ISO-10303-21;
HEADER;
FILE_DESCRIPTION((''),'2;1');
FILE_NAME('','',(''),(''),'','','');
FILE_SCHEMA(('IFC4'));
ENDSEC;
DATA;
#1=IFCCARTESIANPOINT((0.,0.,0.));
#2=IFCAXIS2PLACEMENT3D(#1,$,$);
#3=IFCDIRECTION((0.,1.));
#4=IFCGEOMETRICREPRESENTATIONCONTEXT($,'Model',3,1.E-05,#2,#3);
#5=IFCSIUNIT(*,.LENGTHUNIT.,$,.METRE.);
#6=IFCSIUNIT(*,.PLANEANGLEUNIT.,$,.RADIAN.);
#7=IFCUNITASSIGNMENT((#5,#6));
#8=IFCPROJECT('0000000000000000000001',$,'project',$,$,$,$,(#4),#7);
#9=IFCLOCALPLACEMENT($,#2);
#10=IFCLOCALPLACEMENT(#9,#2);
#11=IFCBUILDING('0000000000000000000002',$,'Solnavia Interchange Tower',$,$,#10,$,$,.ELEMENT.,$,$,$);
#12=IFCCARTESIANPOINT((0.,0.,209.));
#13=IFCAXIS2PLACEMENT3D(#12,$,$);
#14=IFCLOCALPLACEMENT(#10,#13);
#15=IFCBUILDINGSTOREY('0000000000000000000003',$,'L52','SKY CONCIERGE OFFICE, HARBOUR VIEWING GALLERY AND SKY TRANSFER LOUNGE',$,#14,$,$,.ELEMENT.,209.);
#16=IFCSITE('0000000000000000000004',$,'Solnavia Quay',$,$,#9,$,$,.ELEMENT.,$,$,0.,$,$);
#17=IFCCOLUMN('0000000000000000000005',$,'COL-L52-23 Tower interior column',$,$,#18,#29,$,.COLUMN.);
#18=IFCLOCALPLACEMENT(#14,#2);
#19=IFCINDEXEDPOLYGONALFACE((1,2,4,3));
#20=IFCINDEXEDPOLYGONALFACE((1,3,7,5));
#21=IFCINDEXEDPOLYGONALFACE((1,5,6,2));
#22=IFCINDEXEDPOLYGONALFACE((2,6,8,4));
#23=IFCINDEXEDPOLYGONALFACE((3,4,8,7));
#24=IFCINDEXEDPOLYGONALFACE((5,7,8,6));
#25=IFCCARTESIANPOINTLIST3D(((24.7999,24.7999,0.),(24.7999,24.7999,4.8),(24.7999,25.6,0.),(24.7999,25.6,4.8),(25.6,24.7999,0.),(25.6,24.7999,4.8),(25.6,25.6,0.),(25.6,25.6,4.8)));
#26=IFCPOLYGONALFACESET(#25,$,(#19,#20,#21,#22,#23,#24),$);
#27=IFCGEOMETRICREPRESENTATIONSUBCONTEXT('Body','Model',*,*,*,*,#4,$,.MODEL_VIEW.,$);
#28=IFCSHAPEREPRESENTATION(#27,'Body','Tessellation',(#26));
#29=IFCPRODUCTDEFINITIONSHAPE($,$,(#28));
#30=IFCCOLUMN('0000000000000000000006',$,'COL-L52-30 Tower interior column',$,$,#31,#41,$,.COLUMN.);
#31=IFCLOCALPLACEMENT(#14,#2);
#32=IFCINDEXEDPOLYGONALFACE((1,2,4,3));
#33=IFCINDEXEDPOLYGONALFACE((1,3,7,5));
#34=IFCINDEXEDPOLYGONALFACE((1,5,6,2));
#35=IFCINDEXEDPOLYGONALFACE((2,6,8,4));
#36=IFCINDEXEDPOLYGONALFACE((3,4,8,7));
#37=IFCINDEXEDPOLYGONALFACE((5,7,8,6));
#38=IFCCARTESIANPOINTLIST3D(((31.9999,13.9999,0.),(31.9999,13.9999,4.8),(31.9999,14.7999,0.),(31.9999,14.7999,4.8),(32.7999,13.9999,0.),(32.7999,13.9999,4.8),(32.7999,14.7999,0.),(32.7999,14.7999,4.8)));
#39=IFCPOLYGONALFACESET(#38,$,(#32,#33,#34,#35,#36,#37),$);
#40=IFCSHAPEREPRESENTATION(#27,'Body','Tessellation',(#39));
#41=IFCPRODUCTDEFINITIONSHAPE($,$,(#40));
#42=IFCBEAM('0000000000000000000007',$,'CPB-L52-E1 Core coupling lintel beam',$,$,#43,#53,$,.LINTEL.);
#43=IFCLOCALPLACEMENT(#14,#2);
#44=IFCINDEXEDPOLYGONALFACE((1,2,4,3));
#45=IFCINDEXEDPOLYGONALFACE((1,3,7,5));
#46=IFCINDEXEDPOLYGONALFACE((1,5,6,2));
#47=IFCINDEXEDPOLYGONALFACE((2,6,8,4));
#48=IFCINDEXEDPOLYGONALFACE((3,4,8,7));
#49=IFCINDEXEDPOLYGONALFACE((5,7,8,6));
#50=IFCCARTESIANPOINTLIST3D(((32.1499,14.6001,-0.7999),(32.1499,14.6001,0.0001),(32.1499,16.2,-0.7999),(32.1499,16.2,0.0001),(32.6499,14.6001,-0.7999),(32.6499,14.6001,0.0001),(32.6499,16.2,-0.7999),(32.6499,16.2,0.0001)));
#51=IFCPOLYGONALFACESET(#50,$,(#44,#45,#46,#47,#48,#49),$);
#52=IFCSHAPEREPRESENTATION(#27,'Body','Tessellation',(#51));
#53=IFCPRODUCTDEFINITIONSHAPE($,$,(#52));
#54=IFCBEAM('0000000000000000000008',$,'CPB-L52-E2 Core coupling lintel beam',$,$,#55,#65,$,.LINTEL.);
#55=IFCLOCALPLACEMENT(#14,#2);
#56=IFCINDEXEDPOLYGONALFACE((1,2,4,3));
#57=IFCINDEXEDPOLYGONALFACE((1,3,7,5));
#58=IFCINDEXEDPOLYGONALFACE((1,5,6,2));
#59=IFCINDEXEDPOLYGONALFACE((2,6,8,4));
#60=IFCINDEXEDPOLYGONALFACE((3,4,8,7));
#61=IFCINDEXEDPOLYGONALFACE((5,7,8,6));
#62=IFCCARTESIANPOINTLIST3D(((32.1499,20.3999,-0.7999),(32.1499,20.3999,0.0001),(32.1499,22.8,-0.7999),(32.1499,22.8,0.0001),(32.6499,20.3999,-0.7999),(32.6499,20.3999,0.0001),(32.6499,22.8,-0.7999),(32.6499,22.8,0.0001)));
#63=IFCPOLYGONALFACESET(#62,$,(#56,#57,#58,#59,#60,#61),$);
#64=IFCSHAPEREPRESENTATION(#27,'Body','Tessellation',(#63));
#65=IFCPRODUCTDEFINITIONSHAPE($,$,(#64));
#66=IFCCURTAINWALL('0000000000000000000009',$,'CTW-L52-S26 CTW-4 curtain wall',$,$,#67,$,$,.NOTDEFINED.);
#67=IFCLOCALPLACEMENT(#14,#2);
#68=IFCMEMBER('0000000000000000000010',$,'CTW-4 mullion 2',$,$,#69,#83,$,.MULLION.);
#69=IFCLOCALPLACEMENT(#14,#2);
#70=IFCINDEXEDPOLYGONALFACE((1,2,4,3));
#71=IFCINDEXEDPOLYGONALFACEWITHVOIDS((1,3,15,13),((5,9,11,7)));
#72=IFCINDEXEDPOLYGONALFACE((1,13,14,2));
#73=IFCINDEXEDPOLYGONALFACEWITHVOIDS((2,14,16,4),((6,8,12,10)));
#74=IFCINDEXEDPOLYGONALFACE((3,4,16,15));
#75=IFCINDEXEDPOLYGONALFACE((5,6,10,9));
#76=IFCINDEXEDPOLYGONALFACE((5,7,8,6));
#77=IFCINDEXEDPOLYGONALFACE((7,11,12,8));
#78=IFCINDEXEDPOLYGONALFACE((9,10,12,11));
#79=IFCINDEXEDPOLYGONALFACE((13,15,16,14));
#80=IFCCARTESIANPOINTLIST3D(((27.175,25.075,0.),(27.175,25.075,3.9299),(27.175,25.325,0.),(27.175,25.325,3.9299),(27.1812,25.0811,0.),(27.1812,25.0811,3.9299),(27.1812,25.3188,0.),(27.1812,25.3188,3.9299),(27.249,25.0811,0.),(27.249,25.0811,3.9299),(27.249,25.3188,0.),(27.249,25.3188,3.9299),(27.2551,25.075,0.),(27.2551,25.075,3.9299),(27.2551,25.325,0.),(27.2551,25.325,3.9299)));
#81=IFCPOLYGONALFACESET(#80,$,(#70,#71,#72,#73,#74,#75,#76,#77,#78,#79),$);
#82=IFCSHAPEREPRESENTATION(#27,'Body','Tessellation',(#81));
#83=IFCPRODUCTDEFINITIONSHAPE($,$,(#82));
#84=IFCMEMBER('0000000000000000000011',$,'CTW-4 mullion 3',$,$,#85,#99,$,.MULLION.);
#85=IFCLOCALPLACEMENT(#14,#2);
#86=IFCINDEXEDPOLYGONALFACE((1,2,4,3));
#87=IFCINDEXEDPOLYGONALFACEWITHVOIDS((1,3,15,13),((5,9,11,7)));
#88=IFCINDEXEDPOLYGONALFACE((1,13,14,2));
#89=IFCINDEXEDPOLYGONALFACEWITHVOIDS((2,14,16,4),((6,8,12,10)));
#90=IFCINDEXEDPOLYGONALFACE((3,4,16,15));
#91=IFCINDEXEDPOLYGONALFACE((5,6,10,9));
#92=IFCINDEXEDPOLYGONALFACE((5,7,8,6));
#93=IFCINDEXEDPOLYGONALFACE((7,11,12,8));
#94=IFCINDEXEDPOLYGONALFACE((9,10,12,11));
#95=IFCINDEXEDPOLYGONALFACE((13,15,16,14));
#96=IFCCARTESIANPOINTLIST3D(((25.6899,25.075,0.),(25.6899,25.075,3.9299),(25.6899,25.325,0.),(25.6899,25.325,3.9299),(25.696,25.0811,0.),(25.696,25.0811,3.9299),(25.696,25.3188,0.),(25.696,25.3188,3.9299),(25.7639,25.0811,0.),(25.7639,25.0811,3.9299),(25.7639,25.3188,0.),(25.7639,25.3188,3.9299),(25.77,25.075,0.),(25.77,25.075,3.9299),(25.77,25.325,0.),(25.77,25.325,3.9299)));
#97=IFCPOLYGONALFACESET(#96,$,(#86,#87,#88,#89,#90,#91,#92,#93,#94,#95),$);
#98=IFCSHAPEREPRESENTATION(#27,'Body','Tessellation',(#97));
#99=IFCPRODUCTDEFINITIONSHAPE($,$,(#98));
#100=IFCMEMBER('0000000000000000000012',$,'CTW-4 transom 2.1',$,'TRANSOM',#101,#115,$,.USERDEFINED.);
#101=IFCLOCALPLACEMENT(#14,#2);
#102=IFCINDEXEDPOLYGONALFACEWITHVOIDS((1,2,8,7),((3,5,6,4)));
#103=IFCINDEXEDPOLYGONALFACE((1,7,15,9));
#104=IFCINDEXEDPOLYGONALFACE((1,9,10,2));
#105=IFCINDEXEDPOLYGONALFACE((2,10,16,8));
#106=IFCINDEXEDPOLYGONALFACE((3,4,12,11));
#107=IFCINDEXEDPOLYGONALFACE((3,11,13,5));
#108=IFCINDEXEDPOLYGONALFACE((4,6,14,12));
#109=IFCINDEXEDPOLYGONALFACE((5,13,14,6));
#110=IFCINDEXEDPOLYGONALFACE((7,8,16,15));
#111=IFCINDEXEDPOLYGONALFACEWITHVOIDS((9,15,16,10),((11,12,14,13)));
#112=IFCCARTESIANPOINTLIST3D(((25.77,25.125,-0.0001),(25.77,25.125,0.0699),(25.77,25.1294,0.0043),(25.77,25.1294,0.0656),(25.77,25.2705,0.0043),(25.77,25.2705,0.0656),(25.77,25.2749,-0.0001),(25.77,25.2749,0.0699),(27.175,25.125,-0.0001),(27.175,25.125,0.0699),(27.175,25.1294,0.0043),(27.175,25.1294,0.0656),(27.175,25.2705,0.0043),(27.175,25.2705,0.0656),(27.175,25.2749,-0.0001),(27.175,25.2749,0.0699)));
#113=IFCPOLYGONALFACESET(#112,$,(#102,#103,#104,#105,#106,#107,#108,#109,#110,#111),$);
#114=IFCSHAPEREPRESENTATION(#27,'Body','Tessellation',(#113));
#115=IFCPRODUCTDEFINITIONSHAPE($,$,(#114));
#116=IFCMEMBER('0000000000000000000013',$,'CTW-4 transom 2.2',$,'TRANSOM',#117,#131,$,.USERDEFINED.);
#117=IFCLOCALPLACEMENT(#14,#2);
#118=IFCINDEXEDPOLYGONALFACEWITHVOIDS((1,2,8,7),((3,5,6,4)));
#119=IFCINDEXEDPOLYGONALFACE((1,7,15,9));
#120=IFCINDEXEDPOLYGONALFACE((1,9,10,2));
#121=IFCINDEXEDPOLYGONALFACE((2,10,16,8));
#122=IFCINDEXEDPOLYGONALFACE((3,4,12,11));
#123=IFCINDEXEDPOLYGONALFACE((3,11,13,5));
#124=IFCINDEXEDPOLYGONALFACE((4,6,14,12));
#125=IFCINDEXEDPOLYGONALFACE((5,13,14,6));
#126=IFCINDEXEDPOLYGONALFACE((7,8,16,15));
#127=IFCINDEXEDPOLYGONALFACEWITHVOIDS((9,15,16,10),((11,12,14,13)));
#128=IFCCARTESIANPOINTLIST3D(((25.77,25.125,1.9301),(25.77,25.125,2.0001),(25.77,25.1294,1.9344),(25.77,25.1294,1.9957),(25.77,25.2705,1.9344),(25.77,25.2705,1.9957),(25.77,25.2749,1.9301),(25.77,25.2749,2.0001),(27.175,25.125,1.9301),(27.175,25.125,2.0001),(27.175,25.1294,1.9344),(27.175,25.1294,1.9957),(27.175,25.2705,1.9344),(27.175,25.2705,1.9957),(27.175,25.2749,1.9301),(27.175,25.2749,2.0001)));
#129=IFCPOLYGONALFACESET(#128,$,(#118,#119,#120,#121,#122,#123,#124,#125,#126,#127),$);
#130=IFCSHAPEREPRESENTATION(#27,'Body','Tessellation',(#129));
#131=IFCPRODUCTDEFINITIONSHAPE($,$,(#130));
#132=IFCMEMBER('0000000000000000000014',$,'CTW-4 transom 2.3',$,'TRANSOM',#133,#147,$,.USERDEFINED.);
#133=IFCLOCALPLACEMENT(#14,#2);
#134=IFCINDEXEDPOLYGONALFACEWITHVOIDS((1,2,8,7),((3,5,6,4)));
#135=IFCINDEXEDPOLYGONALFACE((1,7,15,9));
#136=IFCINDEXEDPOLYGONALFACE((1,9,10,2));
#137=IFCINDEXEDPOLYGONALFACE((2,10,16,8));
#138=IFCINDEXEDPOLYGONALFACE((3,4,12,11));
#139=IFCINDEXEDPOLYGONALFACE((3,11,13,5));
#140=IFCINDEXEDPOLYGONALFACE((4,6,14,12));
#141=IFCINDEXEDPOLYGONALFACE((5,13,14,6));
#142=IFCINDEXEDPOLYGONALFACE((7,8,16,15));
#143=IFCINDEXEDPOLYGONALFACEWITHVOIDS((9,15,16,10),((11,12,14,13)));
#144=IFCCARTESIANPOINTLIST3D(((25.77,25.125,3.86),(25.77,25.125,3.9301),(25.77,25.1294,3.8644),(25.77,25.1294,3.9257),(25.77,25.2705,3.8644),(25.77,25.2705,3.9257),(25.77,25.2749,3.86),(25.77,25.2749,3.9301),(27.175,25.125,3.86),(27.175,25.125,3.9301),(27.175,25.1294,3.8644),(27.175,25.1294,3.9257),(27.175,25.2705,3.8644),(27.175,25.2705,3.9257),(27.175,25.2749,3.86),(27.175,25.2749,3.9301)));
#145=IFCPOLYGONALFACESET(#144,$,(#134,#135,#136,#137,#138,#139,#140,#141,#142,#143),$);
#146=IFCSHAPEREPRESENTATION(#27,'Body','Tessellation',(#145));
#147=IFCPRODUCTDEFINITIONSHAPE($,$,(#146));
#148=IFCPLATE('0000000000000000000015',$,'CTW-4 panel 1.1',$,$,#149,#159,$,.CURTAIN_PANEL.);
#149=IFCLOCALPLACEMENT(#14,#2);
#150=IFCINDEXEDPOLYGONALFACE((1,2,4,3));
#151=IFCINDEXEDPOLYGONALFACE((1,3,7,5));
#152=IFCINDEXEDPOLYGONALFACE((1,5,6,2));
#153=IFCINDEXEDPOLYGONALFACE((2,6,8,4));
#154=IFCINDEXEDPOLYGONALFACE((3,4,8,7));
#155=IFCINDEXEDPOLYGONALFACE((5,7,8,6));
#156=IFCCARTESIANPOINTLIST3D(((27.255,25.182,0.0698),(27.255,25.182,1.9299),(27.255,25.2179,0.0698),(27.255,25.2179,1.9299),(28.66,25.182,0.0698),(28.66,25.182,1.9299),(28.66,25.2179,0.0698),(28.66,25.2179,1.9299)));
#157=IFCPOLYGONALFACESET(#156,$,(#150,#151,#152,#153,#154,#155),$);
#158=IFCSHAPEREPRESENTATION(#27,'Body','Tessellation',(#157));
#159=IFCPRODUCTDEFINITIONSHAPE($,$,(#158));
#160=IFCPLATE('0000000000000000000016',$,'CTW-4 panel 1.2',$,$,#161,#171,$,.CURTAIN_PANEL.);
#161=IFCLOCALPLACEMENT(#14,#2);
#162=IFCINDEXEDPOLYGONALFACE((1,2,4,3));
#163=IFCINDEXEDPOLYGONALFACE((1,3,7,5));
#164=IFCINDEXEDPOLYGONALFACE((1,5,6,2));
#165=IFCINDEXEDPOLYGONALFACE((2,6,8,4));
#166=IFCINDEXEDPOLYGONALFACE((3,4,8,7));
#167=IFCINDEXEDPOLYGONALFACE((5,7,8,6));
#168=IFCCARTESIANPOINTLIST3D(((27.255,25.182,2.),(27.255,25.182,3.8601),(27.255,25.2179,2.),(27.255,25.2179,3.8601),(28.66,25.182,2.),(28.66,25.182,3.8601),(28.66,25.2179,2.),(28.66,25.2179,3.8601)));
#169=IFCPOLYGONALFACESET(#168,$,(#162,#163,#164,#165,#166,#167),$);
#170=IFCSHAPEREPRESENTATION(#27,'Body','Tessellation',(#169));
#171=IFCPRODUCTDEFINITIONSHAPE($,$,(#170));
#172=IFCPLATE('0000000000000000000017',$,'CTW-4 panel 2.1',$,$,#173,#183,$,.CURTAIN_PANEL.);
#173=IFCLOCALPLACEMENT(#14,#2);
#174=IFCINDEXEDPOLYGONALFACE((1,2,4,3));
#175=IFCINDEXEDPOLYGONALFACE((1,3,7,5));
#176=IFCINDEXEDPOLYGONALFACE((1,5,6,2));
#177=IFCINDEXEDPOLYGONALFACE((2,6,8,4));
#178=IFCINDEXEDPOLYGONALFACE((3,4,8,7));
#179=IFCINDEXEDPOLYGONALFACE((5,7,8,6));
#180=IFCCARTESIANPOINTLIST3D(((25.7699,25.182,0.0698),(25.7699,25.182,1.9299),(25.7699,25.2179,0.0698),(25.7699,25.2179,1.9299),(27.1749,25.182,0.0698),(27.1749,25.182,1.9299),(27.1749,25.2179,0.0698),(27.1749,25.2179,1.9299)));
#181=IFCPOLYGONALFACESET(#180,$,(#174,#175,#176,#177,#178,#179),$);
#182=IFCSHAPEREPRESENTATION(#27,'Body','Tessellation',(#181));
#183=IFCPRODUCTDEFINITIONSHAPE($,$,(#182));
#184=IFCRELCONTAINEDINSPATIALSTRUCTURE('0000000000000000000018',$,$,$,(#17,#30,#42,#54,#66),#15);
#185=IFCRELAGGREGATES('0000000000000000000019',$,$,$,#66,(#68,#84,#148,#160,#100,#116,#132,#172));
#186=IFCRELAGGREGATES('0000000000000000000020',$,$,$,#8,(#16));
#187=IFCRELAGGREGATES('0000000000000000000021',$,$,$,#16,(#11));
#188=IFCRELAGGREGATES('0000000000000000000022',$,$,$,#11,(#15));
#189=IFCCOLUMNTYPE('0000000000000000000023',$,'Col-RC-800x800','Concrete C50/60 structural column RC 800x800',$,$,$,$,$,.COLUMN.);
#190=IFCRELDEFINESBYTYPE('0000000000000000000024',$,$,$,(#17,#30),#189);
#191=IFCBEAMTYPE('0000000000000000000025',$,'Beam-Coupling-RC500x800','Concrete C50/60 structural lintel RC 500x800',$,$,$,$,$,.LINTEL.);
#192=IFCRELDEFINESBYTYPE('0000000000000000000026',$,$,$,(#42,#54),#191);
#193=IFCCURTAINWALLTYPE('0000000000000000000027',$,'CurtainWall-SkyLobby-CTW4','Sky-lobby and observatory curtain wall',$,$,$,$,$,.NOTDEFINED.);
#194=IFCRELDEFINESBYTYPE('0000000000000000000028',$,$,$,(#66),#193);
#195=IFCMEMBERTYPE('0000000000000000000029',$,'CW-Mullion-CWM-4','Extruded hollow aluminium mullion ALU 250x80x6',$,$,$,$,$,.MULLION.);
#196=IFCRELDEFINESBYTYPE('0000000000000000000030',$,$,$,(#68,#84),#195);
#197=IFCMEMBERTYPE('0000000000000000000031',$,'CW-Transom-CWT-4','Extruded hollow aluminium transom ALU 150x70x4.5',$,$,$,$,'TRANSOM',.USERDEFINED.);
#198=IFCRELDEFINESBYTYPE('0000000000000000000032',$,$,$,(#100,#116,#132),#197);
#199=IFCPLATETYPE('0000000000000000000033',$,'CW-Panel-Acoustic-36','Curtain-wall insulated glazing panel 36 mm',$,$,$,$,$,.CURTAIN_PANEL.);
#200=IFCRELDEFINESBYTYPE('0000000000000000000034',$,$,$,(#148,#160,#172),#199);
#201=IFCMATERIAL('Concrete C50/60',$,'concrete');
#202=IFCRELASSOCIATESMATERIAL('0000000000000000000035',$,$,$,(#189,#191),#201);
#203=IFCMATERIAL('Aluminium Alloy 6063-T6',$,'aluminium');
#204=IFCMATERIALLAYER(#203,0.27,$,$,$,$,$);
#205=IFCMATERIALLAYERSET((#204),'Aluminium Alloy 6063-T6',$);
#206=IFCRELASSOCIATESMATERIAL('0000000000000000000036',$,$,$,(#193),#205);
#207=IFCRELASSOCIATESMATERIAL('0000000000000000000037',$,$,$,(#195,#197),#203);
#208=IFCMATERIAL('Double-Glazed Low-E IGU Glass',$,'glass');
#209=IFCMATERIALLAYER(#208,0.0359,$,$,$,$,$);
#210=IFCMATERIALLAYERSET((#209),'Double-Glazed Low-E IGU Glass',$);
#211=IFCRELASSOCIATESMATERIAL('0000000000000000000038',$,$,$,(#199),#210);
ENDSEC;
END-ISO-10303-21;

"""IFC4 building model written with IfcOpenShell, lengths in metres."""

from ifc_helpers import new_model, si_unit, direction, frame, origin, origin_2d, place, context, subcontext, project, spatial, rectangle, hollow_rectangle, extrude, material, layer, layer_set, material_profile, profile_set, type_object, element, aggregate, save


model = new_model("IFC4")

# Units and contexts
model_context = context("Model", 3, precision=1e-05, world=origin(), true_north=direction((0.0, 1.0)))
body_context = subcontext(model_context, "Body", "Model", "MODEL_VIEW")
ifc_project = project(units=[si_unit("LENGTHUNIT", "METRE"), si_unit("PLANEANGLEUNIT", "RADIAN")], contexts=[model_context])

# Site, building, storey
site_placement = place(None, origin())
site = spatial("IfcSite", under=ifc_project, at=site_placement, Name="Solnavia Quay", CompositionType="ELEMENT", RefElevation=0.0)
building_placement = place(site_placement, origin())
building = spatial("IfcBuilding", under=site, at=building_placement, Name="Solnavia Interchange Tower", CompositionType="ELEMENT")
storey_placement = place(building_placement, frame((0.0, 0.0, 209.0)))
storey = spatial("IfcBuildingStorey", under=building, at=storey_placement, Name="L52", Description="SKY CONCIERGE OFFICE, HARBOUR VIEWING GALLERY AND SKY TRANSFER LOUNGE", CompositionType="ELEMENT", Elevation=209.0)

# Columns
ifc_material_1 = material(Name="Concrete C50/60", Category="concrete")
ifc_material_profile_1 = material_profile(ifc_material_1, rectangle(XDim=0.8, YDim=0.8, at=origin_2d()), Name="RC 800x800")
ifc_profile_set_1 = profile_set([ifc_material_profile_1], Name="Concrete C50/60")
column_type = type_object("IfcColumnType", Name="Col-RC-800x800", Description="Concrete C50/60 structural column RC 800x800", PredefinedType="COLUMN", material=ifc_profile_set_1)
for number, where, z_axis, x_axis, name in (
    (1, (25.2, 25.2, 0.0), (0.0, 0.0, 1.0), (1.0, 0.0, 0.0), "COL-L52-23 Tower interior column"),
    (2, (32.3999, 14.3999, 0.0), (0.0, 0.0, 1.0), (1.0, 0.0, 0.0), "COL-L52-30 Tower interior column"),
):
    element("IfcColumn", number, at=place(storey_placement, frame(where, z_axis=z_axis, x_axis=x_axis)), inside=storey, type_object=column_type, Name=name, PredefinedType="COLUMN", context=body_context, shape_type="SweptSolid", body=[
        extrude(rectangle(XDim=0.8, YDim=0.8, at=origin_2d()), origin(), (0.0, 0.0, 1.0), 4.8),
    ])

# Beams
ifc_material_profile_2 = material_profile(ifc_material_1, rectangle(XDim=0.5, YDim=0.8, at=origin_2d()), Name="RC 500x800")
ifc_profile_set_2 = profile_set([ifc_material_profile_2], Name="Concrete C50/60")
beam_type = type_object("IfcBeamType", Name="Beam-Coupling-RC500x800", Description="Concrete C50/60 structural lintel RC 500x800", PredefinedType="LINTEL", material=ifc_profile_set_2)
beam_1_placement = place(storey_placement, frame((32.3999, 14.6001, -0.3999), z_axis=(0.0, 1.0, 0.0), x_axis=(-1.0, 0.0, 0.0)))
element("IfcBeam", 3, at=beam_1_placement, inside=storey, type_object=beam_type, Name="CPB-L52-E1 Core coupling lintel beam", PredefinedType="LINTEL", context=body_context, shape_type="SweptSolid", body=[
    extrude(rectangle(XDim=0.5, YDim=0.8, at=origin_2d()), origin(), (0.0, 0.0, 1.0), 1.5999),
])
beam_2_placement = place(storey_placement, frame((32.3999, 20.3999, -0.3999), z_axis=(0.0, 1.0, 0.0), x_axis=(-1.0, 0.0, 0.0)))
element("IfcBeam", 4, at=beam_2_placement, inside=storey, type_object=beam_type, Name="CPB-L52-E2 Core coupling lintel beam", PredefinedType="LINTEL", context=body_context, shape_type="SweptSolid", body=[
    extrude(rectangle(XDim=0.5, YDim=0.8, at=origin_2d()), origin(), (0.0, 0.0, 1.0), 2.4001),
])

# Curtain wall, members, plates
ifc_material_2 = material(Name="Aluminium Alloy 6063-T6", Category="aluminium")
ifc_layer_1 = layer(ifc_material_2, 0.27)
ifc_layer_set_1 = layer_set([ifc_layer_1], Name="Aluminium Alloy 6063-T6")
curtain_wall_type = type_object("IfcCurtainWallType", Name="CurtainWall-SkyLobby-CTW4", Description="Sky-lobby and observatory curtain wall", PredefinedType="NOTDEFINED", material=ifc_layer_set_1)
curtain_wall_placement = place(storey_placement, origin())
curtain_wall = element("IfcCurtainWall", 5, at=curtain_wall_placement, inside=storey, type_object=curtain_wall_type, Name="CTW-L52-S26 CTW-4 curtain wall", PredefinedType="NOTDEFINED")
ifc_material_profile_3 = material_profile(ifc_material_2, hollow_rectangle(XDim=0.0801, YDim=0.25, WallThickness=0.0061, at=origin_2d()), Name="ALU 250x80x6")
ifc_profile_set_3 = profile_set([ifc_material_profile_3], Name="Aluminium Alloy 6063-T6")
member_type_1 = type_object("IfcMemberType", Name="CW-Mullion-CWM-4", Description="Extruded hollow aluminium mullion ALU 250x80x6", PredefinedType="MULLION", material=ifc_profile_set_3)
member_1_placement = place(storey_placement, frame((27.2151, 25.2, 0.0), z_axis=(0.0, 0.0, 1.0), x_axis=(-1.0, 0.0, 0.0)))
member_1 = element("IfcMember", 6, at=member_1_placement, type_object=member_type_1, Name="CTW-4 mullion 2", PredefinedType="MULLION", context=body_context, shape_type="SweptSolid", body=[
    extrude(hollow_rectangle(XDim=0.0801, YDim=0.25, WallThickness=0.0061, at=origin_2d()), origin(), (0.0, 0.0, 1.0), 3.9299),
])
member_2_placement = place(storey_placement, frame((25.73, 25.2, 0.0), z_axis=(0.0, 0.0, 1.0), x_axis=(-1.0, 0.0, 0.0)))
member_2 = element("IfcMember", 7, at=member_2_placement, type_object=member_type_1, Name="CTW-4 mullion 3", PredefinedType="MULLION", context=body_context, shape_type="SweptSolid", body=[
    extrude(hollow_rectangle(XDim=0.0801, YDim=0.25, WallThickness=0.0061, at=origin_2d()), origin(), (0.0, 0.0, 1.0), 3.9299),
])
ifc_material_profile_4 = material_profile(ifc_material_2, hollow_rectangle(XDim=0.0701, YDim=0.1499, WallThickness=0.0044, at=origin_2d()), Name="ALU 150x70x4.5")
ifc_profile_set_4 = profile_set([ifc_material_profile_4], Name="Aluminium Alloy 6063-T6")
member_type_2 = type_object("IfcMemberType", Name="CW-Transom-CWT-4", Description="Extruded hollow aluminium transom ALU 150x70x4.5", ElementType="TRANSOM", PredefinedType="USERDEFINED", material=ifc_profile_set_4)
member_3_placement = place(storey_placement, frame((27.175, 25.2, 0.0349), z_axis=(-1.0, 0.0, 0.0), x_axis=(0.0, 0.0, 1.0)))
member_3 = element("IfcMember", 8, at=member_3_placement, type_object=member_type_2, Name="CTW-4 transom 2.1", ObjectType="TRANSOM", PredefinedType="USERDEFINED", context=body_context, shape_type="SweptSolid", body=[
    extrude(hollow_rectangle(XDim=0.0701, YDim=0.1499, WallThickness=0.0044, at=origin_2d()), origin(), (0.0, 0.0, 1.0), 1.405),
])
member_4_placement = place(storey_placement, frame((27.175, 25.2, 1.9651), z_axis=(-1.0, 0.0, 0.0), x_axis=(0.0, 0.0, 1.0)))
member_4 = element("IfcMember", 9, at=member_4_placement, type_object=member_type_2, Name="CTW-4 transom 2.2", ObjectType="TRANSOM", PredefinedType="USERDEFINED", context=body_context, shape_type="SweptSolid", body=[
    extrude(hollow_rectangle(XDim=0.0701, YDim=0.1499, WallThickness=0.0044, at=origin_2d()), origin(), (0.0, 0.0, 1.0), 1.405),
])
member_5_placement = place(storey_placement, frame((27.175, 25.2, 3.895), z_axis=(-1.0, 0.0, 0.0), x_axis=(0.0, 0.0, 1.0)))
member_5 = element("IfcMember", 10, at=member_5_placement, type_object=member_type_2, Name="CTW-4 transom 2.3", ObjectType="TRANSOM", PredefinedType="USERDEFINED", context=body_context, shape_type="SweptSolid", body=[
    extrude(hollow_rectangle(XDim=0.0701, YDim=0.1499, WallThickness=0.0044, at=origin_2d()), origin(), (0.0, 0.0, 1.0), 1.405),
])
ifc_material_3 = material(Name="Double-Glazed Low-E IGU Glass", Category="glass")
ifc_layer_2 = layer(ifc_material_3, 0.0359)
ifc_layer_set_2 = layer_set([ifc_layer_2], Name="Double-Glazed Low-E IGU Glass")
plate_type = type_object("IfcPlateType", Name="CW-Panel-Acoustic-36", Description="Curtain-wall insulated glazing panel 36 mm", PredefinedType="CURTAIN_PANEL", material=ifc_layer_set_2)
plate_1_placement = place(storey_placement, frame((27.9575, 25.2, 0.0698), z_axis=(0.0, 0.0, 1.0), x_axis=(-1.0, 0.0, 0.0)))
plate_1 = element("IfcPlate", 11, at=plate_1_placement, type_object=plate_type, Name="CTW-4 panel 1.1", PredefinedType="CURTAIN_PANEL", context=body_context, shape_type="SweptSolid", body=[
    extrude(rectangle(XDim=1.405, YDim=0.0359, at=origin_2d()), origin(), (0.0, 0.0, 1.0), 1.8601),
])
plate_2_placement = place(storey_placement, frame((27.9575, 25.2, 2.0), z_axis=(0.0, 0.0, 1.0), x_axis=(-1.0, 0.0, 0.0)))
plate_2 = element("IfcPlate", 12, at=plate_2_placement, type_object=plate_type, Name="CTW-4 panel 1.2", PredefinedType="CURTAIN_PANEL", context=body_context, shape_type="SweptSolid", body=[
    extrude(rectangle(XDim=1.405, YDim=0.0359, at=origin_2d()), origin(), (0.0, 0.0, 1.0), 1.8601),
])
plate_3_placement = place(storey_placement, frame((26.4724, 25.2, 0.0698), z_axis=(0.0, 0.0, 1.0), x_axis=(-1.0, 0.0, 0.0)))
plate_3 = element("IfcPlate", 13, at=plate_3_placement, type_object=plate_type, Name="CTW-4 panel 2.1", PredefinedType="CURTAIN_PANEL", context=body_context, shape_type="SweptSolid", body=[
    extrude(rectangle(XDim=1.405, YDim=0.0359, at=origin_2d()), origin(), (0.0, 0.0, 1.0), 1.8601),
])
aggregate(curtain_wall, [member_1, member_2, plate_1, plate_2, member_3, member_4, member_5, plate_3])

save(model, "model.ifc")
